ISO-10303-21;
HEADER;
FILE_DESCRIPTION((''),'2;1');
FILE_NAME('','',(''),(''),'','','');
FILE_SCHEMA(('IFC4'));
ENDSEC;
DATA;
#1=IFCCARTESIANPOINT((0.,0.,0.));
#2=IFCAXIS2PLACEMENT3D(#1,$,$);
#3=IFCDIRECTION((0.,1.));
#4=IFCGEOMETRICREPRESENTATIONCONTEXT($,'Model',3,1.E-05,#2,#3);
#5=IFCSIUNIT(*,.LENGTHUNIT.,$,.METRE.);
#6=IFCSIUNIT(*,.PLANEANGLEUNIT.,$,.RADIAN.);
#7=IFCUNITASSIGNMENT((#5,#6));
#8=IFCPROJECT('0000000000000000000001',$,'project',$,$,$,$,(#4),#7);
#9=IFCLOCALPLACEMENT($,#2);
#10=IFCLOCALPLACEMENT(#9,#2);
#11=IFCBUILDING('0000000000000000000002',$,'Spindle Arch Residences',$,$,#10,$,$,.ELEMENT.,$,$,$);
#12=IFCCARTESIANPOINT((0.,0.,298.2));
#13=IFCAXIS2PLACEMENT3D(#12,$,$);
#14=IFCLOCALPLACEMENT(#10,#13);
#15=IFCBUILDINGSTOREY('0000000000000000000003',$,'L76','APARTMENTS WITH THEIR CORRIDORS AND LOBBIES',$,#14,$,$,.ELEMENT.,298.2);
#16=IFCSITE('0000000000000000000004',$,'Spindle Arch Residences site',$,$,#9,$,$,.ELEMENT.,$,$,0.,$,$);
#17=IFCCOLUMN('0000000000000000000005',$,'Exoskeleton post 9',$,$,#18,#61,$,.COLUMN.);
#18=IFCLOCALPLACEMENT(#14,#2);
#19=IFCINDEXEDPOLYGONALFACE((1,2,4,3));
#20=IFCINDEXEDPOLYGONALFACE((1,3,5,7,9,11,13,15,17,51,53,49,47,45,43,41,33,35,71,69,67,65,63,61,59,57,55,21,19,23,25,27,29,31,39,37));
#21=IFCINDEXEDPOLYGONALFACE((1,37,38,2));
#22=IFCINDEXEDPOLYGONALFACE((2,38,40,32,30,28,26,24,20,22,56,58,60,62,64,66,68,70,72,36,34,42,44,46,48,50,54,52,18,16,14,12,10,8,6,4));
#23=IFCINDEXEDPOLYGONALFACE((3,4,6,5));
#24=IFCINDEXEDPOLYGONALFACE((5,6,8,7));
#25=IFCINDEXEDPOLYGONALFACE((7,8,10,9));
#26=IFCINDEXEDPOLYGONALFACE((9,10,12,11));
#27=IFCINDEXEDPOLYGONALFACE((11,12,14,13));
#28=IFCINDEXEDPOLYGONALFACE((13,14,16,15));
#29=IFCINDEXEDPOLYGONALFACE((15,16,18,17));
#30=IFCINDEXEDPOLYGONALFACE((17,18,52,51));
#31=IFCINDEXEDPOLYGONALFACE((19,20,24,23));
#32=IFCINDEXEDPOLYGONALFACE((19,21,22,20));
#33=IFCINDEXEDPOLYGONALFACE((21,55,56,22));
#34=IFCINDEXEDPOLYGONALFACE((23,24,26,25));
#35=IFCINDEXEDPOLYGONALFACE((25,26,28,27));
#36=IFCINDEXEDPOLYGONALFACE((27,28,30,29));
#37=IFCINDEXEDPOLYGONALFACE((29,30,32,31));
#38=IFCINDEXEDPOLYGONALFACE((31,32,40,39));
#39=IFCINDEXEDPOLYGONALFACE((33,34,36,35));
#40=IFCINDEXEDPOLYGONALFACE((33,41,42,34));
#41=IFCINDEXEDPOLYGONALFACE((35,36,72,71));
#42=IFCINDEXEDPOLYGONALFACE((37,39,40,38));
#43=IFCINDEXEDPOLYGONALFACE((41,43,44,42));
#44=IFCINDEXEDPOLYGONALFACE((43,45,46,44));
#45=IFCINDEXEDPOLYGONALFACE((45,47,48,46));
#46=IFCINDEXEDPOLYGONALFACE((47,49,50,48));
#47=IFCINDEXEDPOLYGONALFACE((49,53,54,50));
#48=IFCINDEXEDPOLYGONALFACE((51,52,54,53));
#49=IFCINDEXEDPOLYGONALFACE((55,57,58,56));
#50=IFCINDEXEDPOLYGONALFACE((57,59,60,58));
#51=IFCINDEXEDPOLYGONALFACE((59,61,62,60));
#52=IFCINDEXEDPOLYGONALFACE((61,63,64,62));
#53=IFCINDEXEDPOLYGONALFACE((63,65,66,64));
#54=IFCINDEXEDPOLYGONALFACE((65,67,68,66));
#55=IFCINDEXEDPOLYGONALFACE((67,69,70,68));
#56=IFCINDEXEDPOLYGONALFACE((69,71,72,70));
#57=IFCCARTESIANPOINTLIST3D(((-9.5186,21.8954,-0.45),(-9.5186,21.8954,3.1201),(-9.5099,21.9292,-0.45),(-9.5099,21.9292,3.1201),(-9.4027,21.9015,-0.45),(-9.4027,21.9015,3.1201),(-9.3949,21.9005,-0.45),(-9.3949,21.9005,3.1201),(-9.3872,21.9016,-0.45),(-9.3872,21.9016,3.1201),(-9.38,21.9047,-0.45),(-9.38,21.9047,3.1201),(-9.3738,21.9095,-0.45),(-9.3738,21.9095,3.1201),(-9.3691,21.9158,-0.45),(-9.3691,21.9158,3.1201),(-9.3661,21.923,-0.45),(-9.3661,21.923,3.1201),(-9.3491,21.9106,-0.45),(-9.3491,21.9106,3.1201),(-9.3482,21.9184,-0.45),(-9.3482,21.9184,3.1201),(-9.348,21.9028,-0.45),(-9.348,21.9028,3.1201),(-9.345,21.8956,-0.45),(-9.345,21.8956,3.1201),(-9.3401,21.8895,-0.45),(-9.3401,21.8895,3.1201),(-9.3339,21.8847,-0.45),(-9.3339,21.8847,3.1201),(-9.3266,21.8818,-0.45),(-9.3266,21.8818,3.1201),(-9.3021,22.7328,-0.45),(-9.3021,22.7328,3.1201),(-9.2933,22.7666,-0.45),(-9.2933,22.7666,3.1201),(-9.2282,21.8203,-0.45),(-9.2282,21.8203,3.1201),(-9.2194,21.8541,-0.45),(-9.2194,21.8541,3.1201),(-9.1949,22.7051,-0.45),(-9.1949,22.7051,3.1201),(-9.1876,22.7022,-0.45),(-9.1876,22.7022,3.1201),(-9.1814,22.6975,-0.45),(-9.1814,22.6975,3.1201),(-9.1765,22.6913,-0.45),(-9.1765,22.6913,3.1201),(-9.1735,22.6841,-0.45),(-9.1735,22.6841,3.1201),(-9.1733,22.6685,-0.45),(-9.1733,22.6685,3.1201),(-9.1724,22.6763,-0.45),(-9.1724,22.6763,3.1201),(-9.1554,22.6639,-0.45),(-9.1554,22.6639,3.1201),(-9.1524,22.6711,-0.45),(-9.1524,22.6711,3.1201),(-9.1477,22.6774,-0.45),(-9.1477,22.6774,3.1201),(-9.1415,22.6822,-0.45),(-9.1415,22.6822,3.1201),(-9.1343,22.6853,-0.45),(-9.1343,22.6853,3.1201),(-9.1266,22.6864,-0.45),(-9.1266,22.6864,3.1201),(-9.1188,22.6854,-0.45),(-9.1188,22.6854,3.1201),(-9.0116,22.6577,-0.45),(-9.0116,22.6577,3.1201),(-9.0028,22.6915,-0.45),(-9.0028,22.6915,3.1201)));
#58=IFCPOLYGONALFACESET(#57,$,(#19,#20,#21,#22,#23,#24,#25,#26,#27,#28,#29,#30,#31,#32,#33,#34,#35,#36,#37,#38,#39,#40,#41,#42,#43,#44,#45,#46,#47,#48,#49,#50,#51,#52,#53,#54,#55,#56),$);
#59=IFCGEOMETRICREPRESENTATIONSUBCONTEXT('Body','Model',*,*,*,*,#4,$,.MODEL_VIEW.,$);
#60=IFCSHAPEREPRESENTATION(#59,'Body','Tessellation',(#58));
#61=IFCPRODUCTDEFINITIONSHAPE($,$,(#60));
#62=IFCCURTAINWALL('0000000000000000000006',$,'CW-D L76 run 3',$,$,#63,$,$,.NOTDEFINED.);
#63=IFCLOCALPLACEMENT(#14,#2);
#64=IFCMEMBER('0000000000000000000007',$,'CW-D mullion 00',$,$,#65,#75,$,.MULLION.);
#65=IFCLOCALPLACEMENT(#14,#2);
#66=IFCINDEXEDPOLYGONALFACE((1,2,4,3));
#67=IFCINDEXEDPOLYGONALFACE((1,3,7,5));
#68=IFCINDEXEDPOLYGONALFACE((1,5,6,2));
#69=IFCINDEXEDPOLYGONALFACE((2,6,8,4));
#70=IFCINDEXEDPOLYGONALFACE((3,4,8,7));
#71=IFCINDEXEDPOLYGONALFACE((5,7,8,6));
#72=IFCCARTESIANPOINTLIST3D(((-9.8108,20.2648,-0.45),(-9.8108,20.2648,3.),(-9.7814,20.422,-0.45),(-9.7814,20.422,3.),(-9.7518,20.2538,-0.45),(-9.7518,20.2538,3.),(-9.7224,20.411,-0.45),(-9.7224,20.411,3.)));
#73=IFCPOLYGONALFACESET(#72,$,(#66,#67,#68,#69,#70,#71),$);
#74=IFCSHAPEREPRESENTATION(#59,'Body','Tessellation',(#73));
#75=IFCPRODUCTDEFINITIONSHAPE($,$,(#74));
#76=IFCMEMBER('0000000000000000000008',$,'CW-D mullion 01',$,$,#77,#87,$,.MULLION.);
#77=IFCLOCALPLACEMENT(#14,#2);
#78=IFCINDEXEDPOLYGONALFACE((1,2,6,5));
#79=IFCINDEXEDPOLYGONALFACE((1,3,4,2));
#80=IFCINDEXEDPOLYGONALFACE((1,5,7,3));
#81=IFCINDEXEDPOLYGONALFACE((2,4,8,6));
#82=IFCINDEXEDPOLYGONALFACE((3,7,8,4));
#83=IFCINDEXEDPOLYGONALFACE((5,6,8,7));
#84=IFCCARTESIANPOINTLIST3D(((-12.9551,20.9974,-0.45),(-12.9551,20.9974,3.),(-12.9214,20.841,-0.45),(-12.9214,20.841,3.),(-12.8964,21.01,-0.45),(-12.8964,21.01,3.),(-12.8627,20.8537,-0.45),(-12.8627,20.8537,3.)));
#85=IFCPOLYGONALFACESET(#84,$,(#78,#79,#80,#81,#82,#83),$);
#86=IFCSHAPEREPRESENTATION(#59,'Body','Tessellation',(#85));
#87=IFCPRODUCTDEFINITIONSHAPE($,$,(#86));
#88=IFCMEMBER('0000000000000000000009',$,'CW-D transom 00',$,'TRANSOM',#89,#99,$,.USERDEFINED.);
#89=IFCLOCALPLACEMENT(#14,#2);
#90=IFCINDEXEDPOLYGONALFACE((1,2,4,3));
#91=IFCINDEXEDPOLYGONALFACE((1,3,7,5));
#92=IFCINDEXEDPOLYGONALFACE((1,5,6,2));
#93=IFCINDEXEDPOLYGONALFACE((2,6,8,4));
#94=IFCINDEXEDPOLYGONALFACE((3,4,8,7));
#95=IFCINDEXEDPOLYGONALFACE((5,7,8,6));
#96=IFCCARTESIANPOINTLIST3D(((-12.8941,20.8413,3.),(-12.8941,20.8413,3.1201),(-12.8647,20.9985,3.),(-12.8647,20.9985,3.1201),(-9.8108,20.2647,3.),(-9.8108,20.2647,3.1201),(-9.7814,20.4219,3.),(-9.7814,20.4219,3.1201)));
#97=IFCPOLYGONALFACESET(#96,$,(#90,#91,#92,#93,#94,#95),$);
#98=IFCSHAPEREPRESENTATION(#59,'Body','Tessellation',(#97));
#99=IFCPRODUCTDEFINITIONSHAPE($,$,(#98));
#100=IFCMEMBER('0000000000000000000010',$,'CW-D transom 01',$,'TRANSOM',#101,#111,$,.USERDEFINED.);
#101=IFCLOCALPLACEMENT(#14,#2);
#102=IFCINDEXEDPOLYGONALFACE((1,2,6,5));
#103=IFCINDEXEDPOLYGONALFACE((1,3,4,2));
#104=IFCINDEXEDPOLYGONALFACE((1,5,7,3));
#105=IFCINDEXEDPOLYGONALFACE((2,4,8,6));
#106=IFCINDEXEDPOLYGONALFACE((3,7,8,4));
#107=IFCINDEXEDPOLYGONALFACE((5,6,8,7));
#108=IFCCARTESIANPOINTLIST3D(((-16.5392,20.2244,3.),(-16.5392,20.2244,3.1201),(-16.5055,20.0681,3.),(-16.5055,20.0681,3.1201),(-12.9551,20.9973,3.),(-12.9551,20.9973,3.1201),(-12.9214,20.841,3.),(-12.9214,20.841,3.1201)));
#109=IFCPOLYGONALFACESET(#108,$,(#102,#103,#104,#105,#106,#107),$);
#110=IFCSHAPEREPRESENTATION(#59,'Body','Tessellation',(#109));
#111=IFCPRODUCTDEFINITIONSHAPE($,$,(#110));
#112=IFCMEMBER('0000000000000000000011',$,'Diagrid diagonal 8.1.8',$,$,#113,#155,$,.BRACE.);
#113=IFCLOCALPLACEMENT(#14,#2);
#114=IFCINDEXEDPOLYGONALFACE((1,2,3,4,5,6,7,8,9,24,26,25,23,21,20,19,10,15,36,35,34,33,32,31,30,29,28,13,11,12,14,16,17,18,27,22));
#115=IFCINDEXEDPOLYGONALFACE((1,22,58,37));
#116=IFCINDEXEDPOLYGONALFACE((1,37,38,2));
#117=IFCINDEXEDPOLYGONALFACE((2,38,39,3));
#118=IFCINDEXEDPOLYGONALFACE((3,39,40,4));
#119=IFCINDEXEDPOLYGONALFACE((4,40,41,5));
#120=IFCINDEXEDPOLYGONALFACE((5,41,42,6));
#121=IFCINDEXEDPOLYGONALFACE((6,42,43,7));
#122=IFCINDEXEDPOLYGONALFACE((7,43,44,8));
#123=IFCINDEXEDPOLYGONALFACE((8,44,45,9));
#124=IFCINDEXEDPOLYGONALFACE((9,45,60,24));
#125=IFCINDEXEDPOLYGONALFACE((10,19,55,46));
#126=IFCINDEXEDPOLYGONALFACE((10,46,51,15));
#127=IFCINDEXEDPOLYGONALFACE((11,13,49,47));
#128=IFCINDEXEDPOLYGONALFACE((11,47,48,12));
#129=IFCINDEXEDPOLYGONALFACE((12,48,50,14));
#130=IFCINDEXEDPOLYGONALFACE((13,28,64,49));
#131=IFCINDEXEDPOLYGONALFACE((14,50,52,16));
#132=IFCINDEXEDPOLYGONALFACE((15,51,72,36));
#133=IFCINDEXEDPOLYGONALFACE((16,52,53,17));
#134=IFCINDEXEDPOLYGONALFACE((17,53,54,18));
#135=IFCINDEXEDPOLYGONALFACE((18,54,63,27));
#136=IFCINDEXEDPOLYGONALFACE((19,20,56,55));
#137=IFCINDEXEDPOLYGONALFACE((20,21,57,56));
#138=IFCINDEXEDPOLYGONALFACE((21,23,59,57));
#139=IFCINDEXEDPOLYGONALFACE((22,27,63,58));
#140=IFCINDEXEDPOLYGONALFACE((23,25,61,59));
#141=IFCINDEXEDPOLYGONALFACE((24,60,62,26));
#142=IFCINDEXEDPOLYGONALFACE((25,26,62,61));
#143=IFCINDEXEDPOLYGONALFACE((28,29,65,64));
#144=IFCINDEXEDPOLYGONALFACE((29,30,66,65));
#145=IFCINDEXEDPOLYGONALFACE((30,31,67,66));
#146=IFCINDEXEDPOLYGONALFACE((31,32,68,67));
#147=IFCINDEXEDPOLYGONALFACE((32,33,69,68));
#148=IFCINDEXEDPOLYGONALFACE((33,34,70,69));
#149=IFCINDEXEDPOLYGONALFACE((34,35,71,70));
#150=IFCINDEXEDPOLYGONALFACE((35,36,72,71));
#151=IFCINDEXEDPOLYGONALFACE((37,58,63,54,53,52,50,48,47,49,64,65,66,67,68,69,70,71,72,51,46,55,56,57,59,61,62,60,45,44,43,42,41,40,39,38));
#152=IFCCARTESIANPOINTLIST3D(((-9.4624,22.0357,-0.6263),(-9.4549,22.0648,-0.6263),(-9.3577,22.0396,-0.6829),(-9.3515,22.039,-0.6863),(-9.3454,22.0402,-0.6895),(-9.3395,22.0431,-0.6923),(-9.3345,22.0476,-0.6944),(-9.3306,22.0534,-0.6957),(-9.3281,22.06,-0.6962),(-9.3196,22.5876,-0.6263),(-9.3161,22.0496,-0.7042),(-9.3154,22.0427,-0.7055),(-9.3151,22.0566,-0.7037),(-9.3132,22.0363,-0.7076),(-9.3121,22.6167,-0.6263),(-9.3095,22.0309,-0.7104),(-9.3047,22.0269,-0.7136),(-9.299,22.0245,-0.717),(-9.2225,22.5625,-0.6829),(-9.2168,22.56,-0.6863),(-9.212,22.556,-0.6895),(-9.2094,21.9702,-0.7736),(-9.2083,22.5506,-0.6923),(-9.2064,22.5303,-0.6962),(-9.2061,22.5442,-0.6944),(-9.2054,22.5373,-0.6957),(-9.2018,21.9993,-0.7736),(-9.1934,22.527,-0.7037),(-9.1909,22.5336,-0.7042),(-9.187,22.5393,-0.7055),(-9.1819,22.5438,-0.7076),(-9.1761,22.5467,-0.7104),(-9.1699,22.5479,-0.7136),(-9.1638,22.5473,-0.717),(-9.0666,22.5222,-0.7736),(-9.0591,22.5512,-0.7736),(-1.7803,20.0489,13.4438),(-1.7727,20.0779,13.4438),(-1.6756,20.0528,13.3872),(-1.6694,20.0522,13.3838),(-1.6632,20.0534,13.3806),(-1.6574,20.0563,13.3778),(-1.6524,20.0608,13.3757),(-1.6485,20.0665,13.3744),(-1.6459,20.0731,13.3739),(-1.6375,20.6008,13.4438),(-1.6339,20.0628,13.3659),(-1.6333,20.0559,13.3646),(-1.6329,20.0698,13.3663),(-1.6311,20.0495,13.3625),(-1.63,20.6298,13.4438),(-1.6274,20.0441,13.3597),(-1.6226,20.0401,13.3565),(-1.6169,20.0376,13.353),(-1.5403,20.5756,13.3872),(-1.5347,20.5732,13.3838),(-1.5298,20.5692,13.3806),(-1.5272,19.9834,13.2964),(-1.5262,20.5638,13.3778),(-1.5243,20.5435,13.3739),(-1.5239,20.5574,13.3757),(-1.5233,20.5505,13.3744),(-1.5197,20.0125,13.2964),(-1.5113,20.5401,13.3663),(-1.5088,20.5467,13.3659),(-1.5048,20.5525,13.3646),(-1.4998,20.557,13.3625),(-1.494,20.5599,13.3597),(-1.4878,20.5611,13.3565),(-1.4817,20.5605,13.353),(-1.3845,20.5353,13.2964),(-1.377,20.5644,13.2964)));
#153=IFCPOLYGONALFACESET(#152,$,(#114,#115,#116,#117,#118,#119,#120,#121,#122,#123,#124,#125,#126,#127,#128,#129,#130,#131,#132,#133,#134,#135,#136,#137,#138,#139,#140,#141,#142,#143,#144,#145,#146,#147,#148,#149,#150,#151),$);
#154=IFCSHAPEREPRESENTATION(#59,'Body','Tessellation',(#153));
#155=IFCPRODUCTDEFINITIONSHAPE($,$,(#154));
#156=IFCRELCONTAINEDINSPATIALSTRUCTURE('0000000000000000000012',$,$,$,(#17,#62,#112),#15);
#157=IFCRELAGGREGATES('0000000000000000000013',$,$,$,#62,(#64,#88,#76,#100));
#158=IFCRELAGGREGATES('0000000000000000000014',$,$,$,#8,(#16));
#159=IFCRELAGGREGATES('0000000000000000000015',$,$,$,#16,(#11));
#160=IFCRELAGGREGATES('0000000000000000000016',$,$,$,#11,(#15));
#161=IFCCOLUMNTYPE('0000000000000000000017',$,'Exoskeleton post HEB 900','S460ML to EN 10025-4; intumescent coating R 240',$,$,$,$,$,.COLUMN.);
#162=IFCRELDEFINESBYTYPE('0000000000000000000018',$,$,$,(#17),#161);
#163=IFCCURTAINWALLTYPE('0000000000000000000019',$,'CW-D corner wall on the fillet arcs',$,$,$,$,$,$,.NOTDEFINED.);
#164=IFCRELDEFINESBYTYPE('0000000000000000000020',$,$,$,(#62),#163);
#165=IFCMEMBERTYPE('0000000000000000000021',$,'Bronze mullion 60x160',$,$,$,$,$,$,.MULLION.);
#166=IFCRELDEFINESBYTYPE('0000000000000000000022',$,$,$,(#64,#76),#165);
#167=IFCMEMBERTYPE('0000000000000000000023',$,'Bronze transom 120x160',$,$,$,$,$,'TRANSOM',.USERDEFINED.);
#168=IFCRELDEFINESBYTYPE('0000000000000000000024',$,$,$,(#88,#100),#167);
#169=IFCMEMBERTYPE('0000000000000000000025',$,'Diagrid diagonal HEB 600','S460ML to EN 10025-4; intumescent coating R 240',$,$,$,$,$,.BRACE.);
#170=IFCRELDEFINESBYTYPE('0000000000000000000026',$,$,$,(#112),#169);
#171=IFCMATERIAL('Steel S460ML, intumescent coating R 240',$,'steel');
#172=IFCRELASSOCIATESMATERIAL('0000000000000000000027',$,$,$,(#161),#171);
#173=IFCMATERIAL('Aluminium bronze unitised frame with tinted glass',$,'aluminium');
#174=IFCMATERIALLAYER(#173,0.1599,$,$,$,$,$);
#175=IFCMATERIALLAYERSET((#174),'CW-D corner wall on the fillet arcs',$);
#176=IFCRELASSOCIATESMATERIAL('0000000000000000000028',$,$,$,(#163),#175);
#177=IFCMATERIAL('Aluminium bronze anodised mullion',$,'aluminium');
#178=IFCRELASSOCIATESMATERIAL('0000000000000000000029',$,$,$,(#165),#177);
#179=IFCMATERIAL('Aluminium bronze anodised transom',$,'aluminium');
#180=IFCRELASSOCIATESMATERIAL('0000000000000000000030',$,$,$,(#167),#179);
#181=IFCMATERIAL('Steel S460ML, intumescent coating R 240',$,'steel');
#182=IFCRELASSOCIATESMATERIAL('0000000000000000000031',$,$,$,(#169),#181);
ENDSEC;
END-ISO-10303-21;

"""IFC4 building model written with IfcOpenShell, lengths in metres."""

from ifc_helpers import new_model, si_unit, direction, frame, origin, origin_2d, place, context, subcontext, project, spatial, rectangle, i_section, extrude, material, layer, layer_set, material_profile, profile_set, type_object, element, aggregate, save


model = new_model("IFC4")

# Units and contexts
model_context = context("Model", 3, precision=1e-05, world=origin(), true_north=direction((0.0, 1.0)))
body_context = subcontext(model_context, "Body", "Model", "MODEL_VIEW")
ifc_project = project(units=[si_unit("LENGTHUNIT", "METRE"), si_unit("PLANEANGLEUNIT", "RADIAN")], contexts=[model_context])

# Site, building, storey
site_placement = place(None, origin())
site = spatial("IfcSite", under=ifc_project, at=site_placement, Name="Spindle Arch Residences site", CompositionType="ELEMENT", RefElevation=0.0)
building_placement = place(site_placement, origin())
building = spatial("IfcBuilding", under=site, at=building_placement, Name="Spindle Arch Residences", CompositionType="ELEMENT")
storey_placement = place(building_placement, frame((0.0, 0.0, 298.2)))
storey = spatial("IfcBuildingStorey", under=building, at=storey_placement, Name="L76", Description="APARTMENTS WITH THEIR CORRIDORS AND LOBBIES", CompositionType="ELEMENT", Elevation=298.2)

# Column
ifc_material_1 = material(Name="Steel S460ML, intumescent coating R 240", Category="steel")
ifc_material_profile_1 = material_profile(ifc_material_1, i_section(OverallWidth=0.3, OverallDepth=0.8999, WebThickness=0.0186, FlangeThickness=0.0349, FilletRadius=0.03, at=origin_2d()), Name="HEB 900")
ifc_profile_set_1 = profile_set([ifc_material_profile_1], Name="Steel S460ML, intumescent coating R 240")
column_type = type_object("IfcColumnType", Name="Exoskeleton post HEB 900", Description="S460ML to EN 10025-4; intumescent coating R 240", PredefinedType="COLUMN", material=ifc_profile_set_1)
column_placement = place(storey_placement, frame((-9.2607, 22.2935, -0.45), z_axis=(0.0, 0.0, 1.0), x_axis=(0.968148, -0.25038, 0.0)))
element("IfcColumn", 1, at=column_placement, inside=storey, type_object=column_type, Name="Exoskeleton post 9", PredefinedType="COLUMN", context=body_context, shape_type="SweptSolid", body=[
    extrude(i_section(OverallWidth=0.3, OverallDepth=0.8999, WebThickness=0.0186, FlangeThickness=0.0349, FilletRadius=0.03, at=origin_2d()), origin(), (0.0, 0.0, 1.0), 3.5701),
])

# Curtain wall, members
ifc_material_2 = material(Name="Aluminium bronze unitised frame with tinted glass", Category="aluminium")
ifc_layer_1 = layer(ifc_material_2, 0.1599)
ifc_layer_set_1 = layer_set([ifc_layer_1], Name="CW-D corner wall on the fillet arcs")
curtain_wall_type_1 = type_object("IfcCurtainWallType", Name="CW-D corner wall on the fillet arcs", PredefinedType="NOTDEFINED", material=ifc_layer_set_1)
curtain_wall_1_placement = place(storey_placement, origin())
curtain_wall_1 = element("IfcCurtainWall", 2, at=curtain_wall_1_placement, inside=storey, type_object=curtain_wall_type_1, Name="CW-D L76 run 3", PredefinedType="NOTDEFINED")
ifc_material_3 = material(Name="Aluminium bronze anodised mullion", Category="aluminium")
ifc_material_profile_2 = material_profile(ifc_material_3, rectangle(XDim=0.1599, YDim=0.0601, at=origin_2d()), Name="MU 60x160")
ifc_profile_set_2 = profile_set([ifc_material_profile_2], Name="Aluminium bronze anodised mullion")
member_type_1 = type_object("IfcMemberType", Name="Bronze mullion 60x160", PredefinedType="MULLION", material=ifc_profile_set_2)
member_1_placement = place(storey_placement, frame((-9.7666, 20.3379, -0.45), z_axis=(0.0, 0.0, 1.0), x_axis=(-0.183837, -0.982957, 0.0)))
member_1 = element("IfcMember", 3, at=member_1_placement, type_object=member_type_1, Name="CW-D mullion 00", PredefinedType="MULLION", context=body_context, shape_type="SweptSolid", body=[
    extrude(rectangle(XDim=0.1599, YDim=0.0601, at=origin_2d()), origin(), (0.0, 0.0, 1.0), 3.45),
])
member_2_placement = place(storey_placement, frame((-12.9089, 20.9255, -0.45), z_axis=(0.0, 0.0, 1.0), x_axis=(0.210756, -0.977539, 0.0)))
member_2 = element("IfcMember", 4, at=member_2_placement, type_object=member_type_1, Name="CW-D mullion 01", PredefinedType="MULLION", context=body_context, shape_type="SweptSolid", body=[
    extrude(rectangle(XDim=0.1599, YDim=0.0601, at=origin_2d()), origin(), (0.0, 0.0, 1.0), 3.45),
])
ifc_material_4 = material(Name="Aluminium bronze anodised transom", Category="aluminium")
ifc_material_profile_3 = material_profile(ifc_material_4, rectangle(XDim=0.1599, YDim=0.1201, at=origin_2d()), Name="TR 120x160")
ifc_profile_set_3 = profile_set([ifc_material_profile_3], Name="Aluminium bronze anodised transom")
member_type_2 = type_object("IfcMemberType", Name="Bronze transom 120x160", ElementType="TRANSOM", PredefinedType="USERDEFINED", material=ifc_profile_set_3)
member_3_placement = place(storey_placement, frame((-9.7961, 20.3433, 3.0601), z_axis=(-0.982956, 0.183842, 0.0), x_axis=(-0.183842, -0.982956, 0.0)))
member_3 = element("IfcMember", 5, at=member_3_placement, type_object=member_type_2, Name="CW-D transom 00", ObjectType="TRANSOM", PredefinedType="USERDEFINED", context=body_context, shape_type="SweptSolid", body=[
    extrude(rectangle(XDim=0.1599, YDim=0.1201, at=origin_2d()), origin(), (0.0, 0.0, 1.0), 3.1367),
])
member_4_placement = place(storey_placement, frame((-12.9382, 20.9192, 3.0601), z_axis=(-0.977528, -0.210807, 0.0), x_axis=(0.210807, -0.977528, 0.0)))
member_4 = element("IfcMember", 6, at=member_4_placement, type_object=member_type_2, Name="CW-D transom 01", ObjectType="TRANSOM", PredefinedType="USERDEFINED", context=body_context, shape_type="SweptSolid", body=[
    extrude(rectangle(XDim=0.1599, YDim=0.1201, at=origin_2d()), origin(), (0.0, 0.0, 1.0), 3.6665),
])

# Member
ifc_material_5 = material(Name="Steel S460ML, intumescent coating R 240", Category="steel")
ifc_material_profile_4 = material_profile(ifc_material_5, i_section(OverallWidth=0.3, OverallDepth=0.6001, WebThickness=0.0154, FlangeThickness=0.03, FilletRadius=0.0271, at=origin_2d()), Name="HEB 600")
ifc_profile_set_4 = profile_set([ifc_material_profile_4], Name="Steel S460ML, intumescent coating R 240")
member_type_3 = type_object("IfcMemberType", Name="Diagrid diagonal HEB 600", Description="S460ML to EN 10025-4; intumescent coating R 240", PredefinedType="BRACE", material=ifc_profile_set_4)
member_5_placement = place(storey_placement, frame((-9.2607, 22.2935, -0.7), z_axis=(0.475576, -0.122997, 0.871033), x_axis=(-0.843287, 0.218098, 0.491224)))
element("IfcMember", 7, at=member_5_placement, inside=storey, type_object=member_type_3, Name="Diagrid diagonal 8.1.8", PredefinedType="BRACE", context=body_context, shape_type="SweptSolid", body=[
    extrude(i_section(OverallWidth=0.3, OverallDepth=0.6001, WebThickness=0.0154, FlangeThickness=0.03, FilletRadius=0.0271, at=origin_2d()), origin(), (0.0, 0.0, 1.0), 16.1533),
])

aggregate(curtain_wall_1, [member_1, member_3, member_2, member_4])

save(model, "model.ifc")
